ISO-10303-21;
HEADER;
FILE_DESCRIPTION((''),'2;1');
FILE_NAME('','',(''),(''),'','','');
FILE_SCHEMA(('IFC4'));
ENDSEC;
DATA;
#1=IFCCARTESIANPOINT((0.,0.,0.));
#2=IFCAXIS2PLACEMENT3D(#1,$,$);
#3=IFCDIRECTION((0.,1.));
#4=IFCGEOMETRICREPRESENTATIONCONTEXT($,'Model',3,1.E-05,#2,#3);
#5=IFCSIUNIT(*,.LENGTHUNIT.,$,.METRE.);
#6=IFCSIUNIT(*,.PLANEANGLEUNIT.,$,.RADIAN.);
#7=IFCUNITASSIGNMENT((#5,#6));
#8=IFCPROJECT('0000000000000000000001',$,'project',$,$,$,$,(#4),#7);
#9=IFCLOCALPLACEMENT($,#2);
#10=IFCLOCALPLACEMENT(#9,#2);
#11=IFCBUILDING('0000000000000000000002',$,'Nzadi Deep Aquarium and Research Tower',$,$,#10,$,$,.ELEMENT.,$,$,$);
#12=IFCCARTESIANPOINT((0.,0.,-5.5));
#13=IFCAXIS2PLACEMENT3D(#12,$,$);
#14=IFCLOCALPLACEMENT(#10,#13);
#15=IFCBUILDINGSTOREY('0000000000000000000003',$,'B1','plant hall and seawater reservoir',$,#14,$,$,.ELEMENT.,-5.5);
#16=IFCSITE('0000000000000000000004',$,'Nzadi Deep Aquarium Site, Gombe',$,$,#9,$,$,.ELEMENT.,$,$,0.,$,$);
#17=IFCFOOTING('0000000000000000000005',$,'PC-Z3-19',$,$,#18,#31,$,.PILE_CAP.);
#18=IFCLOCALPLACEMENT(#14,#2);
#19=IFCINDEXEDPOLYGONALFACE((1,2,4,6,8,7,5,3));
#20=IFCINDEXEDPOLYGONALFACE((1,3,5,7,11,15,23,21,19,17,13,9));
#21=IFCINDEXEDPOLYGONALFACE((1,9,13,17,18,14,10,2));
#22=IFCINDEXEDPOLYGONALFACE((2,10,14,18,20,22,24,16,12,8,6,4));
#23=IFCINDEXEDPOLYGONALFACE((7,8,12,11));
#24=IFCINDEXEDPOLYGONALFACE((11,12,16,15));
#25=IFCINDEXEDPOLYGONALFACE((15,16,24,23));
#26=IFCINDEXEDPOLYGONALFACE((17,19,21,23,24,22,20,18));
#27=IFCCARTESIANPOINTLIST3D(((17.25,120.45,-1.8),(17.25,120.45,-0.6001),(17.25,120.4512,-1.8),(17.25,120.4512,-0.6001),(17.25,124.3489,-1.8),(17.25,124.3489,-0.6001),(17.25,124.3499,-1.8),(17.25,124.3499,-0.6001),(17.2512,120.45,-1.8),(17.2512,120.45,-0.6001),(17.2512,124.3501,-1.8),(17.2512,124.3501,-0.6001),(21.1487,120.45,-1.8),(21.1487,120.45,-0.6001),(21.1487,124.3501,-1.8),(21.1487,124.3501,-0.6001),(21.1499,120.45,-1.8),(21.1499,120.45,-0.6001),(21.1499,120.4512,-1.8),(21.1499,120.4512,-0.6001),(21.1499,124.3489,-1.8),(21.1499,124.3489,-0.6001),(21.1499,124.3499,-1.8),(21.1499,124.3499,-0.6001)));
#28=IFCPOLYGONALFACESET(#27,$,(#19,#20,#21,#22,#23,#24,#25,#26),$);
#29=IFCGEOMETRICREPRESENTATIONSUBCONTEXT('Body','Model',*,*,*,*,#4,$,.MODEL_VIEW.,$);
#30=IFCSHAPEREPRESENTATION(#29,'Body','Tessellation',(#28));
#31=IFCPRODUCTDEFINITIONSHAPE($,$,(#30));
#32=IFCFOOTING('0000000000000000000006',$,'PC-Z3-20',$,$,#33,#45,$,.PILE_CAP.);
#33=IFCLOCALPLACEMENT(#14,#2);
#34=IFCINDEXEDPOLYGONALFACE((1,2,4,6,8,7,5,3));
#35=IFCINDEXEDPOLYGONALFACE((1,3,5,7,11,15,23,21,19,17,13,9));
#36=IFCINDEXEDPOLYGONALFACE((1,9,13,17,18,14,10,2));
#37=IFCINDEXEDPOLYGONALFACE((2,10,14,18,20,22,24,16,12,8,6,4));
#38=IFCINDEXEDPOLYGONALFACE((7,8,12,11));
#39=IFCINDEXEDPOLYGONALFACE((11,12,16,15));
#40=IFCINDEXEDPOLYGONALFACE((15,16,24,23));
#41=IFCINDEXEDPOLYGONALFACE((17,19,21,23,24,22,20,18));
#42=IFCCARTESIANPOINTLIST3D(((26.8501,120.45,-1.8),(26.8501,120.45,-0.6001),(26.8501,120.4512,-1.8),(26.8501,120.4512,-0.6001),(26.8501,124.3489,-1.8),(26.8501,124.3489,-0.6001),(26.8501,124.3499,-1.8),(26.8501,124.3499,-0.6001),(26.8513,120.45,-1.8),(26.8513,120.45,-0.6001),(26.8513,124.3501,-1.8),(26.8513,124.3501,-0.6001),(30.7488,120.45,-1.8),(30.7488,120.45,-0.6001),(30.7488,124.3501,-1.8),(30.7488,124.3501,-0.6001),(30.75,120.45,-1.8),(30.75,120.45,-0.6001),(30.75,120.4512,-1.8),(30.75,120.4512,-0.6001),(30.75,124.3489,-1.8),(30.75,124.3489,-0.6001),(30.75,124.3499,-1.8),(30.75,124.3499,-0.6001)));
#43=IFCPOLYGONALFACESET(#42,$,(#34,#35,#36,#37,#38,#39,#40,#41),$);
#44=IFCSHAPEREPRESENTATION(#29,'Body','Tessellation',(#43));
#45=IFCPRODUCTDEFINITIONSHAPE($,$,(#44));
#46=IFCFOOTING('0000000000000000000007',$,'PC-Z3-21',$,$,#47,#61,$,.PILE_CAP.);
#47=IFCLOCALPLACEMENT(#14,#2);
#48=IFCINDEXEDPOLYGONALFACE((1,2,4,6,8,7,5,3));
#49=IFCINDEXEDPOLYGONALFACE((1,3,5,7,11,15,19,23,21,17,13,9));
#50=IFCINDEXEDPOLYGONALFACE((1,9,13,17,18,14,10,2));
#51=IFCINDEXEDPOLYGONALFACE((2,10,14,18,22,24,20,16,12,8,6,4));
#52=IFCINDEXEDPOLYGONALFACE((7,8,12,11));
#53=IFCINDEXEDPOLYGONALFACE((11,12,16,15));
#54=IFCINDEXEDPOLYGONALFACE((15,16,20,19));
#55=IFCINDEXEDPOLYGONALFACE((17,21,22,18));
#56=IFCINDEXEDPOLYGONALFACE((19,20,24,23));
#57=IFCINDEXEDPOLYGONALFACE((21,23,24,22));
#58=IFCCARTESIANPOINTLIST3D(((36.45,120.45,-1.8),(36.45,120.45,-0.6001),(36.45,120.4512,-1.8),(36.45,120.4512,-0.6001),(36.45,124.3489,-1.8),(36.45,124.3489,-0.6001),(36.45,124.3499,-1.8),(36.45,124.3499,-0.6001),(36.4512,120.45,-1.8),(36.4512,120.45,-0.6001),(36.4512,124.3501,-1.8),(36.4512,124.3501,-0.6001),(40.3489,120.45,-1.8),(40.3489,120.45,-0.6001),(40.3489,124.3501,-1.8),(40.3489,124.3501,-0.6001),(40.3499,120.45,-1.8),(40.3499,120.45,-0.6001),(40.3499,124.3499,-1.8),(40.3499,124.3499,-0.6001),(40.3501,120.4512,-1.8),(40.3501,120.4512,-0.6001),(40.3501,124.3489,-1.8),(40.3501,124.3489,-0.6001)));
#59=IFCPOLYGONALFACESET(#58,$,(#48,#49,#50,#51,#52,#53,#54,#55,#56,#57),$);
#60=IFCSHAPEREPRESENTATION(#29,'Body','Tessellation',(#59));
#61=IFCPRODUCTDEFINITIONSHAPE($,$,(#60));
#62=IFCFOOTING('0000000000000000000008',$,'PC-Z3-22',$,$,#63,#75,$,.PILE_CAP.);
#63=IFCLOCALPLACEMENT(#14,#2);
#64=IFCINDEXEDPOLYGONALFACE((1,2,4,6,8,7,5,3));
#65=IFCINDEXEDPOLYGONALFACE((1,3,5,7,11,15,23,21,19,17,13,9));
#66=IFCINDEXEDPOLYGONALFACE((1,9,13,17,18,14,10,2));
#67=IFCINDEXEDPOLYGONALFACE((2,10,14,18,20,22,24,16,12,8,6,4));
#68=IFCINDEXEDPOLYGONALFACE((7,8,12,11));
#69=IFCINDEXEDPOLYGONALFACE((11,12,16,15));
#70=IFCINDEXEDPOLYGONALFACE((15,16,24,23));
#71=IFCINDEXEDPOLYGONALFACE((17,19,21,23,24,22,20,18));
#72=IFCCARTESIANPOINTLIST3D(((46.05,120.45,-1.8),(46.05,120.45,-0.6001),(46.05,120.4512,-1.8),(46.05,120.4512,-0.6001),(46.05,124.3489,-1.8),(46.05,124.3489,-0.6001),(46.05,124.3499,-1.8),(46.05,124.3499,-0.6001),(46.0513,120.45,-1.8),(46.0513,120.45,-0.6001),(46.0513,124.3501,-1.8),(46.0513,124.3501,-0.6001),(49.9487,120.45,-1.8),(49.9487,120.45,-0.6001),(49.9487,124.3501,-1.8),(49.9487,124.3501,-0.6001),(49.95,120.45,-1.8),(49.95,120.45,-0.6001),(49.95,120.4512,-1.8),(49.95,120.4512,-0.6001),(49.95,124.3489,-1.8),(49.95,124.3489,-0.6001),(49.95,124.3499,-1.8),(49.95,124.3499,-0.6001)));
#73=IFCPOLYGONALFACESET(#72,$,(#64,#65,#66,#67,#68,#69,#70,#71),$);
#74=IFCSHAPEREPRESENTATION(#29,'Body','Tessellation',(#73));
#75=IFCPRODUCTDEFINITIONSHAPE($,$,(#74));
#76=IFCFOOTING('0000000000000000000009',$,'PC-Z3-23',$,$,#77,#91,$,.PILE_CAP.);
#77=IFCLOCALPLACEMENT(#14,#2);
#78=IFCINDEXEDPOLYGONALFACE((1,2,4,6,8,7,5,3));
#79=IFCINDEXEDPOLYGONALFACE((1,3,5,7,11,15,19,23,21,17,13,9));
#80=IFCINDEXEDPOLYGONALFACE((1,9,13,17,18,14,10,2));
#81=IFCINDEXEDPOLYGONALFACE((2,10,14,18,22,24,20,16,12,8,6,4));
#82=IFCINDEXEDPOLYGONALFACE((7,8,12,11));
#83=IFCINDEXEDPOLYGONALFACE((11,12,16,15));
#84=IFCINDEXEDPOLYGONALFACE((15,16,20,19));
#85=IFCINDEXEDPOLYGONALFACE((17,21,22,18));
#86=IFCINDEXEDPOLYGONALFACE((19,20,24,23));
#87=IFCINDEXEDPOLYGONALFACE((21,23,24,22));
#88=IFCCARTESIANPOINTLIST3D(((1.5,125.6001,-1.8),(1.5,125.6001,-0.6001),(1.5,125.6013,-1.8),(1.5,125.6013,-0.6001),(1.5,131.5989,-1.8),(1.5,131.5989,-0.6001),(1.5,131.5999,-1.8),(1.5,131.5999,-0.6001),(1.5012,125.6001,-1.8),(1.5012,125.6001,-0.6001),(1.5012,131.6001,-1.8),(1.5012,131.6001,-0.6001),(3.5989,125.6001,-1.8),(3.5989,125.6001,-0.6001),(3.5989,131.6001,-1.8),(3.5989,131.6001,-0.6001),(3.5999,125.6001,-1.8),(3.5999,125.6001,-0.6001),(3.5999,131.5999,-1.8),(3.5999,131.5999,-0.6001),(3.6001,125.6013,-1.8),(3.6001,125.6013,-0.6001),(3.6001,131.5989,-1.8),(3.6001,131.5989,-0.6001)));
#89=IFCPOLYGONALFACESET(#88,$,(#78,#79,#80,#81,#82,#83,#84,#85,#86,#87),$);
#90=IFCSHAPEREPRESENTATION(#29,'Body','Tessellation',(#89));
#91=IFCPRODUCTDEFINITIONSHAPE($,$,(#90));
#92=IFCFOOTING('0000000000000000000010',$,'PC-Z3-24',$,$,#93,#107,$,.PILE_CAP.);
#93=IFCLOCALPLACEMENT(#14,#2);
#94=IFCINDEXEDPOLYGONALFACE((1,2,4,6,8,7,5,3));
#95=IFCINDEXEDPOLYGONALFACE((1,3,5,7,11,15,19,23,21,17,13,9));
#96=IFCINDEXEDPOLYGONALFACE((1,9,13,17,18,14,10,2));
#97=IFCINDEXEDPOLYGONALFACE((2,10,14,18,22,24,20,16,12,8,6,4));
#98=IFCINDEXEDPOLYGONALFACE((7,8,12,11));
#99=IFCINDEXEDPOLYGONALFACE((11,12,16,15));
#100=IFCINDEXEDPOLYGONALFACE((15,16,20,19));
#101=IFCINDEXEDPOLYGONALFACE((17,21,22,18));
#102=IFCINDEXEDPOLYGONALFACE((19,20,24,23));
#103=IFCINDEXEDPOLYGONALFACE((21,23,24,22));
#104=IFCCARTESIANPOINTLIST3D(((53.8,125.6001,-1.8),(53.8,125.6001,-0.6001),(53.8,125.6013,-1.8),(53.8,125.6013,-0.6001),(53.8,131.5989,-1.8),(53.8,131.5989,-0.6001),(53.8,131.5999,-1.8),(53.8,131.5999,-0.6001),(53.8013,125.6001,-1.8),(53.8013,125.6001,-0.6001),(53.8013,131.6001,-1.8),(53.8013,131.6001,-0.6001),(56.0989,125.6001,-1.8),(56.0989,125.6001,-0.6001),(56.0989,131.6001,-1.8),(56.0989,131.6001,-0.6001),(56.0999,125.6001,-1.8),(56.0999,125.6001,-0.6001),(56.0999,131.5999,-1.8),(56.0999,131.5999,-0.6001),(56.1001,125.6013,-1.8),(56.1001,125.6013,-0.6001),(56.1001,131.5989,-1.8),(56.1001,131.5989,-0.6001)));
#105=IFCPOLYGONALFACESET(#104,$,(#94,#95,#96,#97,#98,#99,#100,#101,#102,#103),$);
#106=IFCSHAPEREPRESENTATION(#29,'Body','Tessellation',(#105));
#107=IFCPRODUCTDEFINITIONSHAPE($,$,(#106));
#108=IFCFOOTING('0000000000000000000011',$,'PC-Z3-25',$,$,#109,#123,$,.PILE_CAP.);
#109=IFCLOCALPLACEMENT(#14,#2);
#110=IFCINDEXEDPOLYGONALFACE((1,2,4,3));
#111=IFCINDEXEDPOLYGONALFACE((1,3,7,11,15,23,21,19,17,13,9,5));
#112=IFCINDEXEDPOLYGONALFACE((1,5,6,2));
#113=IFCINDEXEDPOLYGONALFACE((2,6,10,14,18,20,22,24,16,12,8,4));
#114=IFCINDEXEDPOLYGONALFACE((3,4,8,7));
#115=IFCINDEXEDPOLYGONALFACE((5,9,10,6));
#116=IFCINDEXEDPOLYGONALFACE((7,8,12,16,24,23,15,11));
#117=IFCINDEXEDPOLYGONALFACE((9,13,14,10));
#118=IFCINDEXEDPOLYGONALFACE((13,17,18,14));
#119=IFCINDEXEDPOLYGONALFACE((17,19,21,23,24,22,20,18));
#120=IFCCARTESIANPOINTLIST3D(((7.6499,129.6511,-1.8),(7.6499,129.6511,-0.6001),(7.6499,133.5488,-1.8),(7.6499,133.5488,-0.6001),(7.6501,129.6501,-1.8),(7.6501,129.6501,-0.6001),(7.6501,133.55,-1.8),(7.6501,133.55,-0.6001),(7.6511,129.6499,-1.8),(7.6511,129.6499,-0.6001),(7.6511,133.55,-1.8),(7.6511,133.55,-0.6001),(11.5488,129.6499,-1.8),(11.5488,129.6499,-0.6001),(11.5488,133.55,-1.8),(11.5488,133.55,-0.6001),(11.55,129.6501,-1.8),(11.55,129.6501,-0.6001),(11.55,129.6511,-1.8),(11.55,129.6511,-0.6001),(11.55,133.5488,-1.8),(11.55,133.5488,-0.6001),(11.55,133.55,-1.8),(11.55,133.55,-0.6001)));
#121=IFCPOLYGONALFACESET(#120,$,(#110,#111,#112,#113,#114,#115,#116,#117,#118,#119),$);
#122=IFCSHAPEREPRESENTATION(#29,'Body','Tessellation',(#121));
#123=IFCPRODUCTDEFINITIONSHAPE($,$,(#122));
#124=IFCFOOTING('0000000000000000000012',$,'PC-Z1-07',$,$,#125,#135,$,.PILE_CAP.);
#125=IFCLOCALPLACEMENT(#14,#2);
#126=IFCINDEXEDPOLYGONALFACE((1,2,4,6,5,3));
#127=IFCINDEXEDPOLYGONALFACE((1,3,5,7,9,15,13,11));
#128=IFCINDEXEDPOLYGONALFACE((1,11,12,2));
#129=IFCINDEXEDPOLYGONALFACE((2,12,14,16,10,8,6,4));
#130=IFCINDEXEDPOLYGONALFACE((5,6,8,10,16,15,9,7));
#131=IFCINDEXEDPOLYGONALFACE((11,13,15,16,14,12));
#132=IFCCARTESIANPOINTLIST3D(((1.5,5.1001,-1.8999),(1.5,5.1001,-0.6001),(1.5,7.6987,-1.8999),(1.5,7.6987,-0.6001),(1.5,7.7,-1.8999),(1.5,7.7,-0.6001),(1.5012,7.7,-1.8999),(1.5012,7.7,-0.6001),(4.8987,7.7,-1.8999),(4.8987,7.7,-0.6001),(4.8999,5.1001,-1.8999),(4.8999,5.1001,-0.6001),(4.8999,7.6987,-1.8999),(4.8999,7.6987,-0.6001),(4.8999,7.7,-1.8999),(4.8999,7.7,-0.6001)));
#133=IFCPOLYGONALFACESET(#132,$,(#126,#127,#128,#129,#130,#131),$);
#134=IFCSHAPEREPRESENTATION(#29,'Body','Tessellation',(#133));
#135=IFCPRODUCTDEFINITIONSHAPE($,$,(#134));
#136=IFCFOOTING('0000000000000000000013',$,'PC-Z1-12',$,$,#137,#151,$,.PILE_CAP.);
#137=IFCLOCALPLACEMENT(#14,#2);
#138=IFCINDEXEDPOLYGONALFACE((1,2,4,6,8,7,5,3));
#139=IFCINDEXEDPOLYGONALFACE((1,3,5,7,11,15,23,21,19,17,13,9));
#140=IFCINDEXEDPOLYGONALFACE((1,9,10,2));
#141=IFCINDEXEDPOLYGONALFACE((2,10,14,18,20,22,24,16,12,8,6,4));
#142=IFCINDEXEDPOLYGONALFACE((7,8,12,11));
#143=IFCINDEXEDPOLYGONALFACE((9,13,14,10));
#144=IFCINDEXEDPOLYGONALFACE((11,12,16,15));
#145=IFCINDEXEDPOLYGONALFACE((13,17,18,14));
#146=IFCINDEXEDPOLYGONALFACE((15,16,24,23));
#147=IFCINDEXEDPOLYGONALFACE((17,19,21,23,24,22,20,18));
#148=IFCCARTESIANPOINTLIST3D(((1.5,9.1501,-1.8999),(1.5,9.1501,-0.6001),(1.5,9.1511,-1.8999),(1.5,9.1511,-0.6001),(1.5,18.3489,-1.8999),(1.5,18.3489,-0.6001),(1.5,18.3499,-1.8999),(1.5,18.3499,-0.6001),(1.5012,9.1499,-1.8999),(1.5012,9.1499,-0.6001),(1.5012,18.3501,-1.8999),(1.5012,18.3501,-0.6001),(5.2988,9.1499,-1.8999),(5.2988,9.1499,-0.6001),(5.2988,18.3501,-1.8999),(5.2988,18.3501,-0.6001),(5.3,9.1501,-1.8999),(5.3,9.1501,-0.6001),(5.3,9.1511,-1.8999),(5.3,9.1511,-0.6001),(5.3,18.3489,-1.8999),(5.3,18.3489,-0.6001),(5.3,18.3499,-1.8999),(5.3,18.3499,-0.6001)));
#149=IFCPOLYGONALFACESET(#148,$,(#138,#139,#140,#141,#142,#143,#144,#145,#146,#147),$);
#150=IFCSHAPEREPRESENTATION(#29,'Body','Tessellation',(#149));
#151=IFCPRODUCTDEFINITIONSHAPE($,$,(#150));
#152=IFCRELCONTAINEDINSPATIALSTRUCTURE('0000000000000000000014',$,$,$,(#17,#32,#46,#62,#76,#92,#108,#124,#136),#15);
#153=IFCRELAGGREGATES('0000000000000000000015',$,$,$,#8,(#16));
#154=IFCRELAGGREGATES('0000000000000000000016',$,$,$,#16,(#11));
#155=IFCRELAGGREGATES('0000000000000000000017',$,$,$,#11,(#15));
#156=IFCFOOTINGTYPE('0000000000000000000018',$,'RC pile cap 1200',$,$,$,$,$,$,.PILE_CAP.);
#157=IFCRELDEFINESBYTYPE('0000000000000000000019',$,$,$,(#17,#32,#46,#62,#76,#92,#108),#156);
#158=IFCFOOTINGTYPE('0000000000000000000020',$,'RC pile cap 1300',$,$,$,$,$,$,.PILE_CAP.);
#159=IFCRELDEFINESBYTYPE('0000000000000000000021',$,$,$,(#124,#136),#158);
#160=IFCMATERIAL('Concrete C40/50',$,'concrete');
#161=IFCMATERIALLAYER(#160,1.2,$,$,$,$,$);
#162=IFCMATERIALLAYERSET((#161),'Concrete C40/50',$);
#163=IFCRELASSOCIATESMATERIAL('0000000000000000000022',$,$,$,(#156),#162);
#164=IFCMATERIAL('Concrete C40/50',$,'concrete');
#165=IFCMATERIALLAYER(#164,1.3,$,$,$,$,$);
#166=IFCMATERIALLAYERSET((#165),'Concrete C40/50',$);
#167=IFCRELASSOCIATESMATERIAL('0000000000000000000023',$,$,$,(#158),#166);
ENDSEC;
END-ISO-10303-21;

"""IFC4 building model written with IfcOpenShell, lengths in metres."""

from ifc_helpers import new_model, si_unit, direction, frame, origin, place, context, subcontext, project, spatial, polyline, outline, extrude, material, layer, layer_set, type_object, element, save


model = new_model("IFC4")

# Units and contexts
model_context = context("Model", 3, precision=1e-05, world=origin(), true_north=direction((0.0, 1.0)))
body_context = subcontext(model_context, "Body", "Model", "MODEL_VIEW")
ifc_project = project(units=[si_unit("LENGTHUNIT", "METRE"), si_unit("PLANEANGLEUNIT", "RADIAN")], contexts=[model_context])

# Site, building, storey
site_placement = place(None, origin())
site = spatial("IfcSite", under=ifc_project, at=site_placement, Name="Nzadi Deep Aquarium Site, Gombe", CompositionType="ELEMENT", RefElevation=0.0)
building_placement = place(site_placement, origin())
building = spatial("IfcBuilding", under=site, at=building_placement, Name="Nzadi Deep Aquarium and Research Tower", CompositionType="ELEMENT")
storey_placement = place(building_placement, frame((0.0, 0.0, -5.5)))
storey = spatial("IfcBuildingStorey", under=building, at=storey_placement, Name="B1", Description="plant hall and seawater reservoir", CompositionType="ELEMENT", Elevation=-5.5)

# Footings
ifc_material_1 = material(Name="Concrete C40/50", Category="concrete")
ifc_layer_1 = layer(ifc_material_1, 1.2)
ifc_layer_set_1 = layer_set([ifc_layer_1], Name="Concrete C40/50")
footing_type_1 = type_object("IfcFootingType", Name="RC pile cap 1200", PredefinedType="PILE_CAP", material=ifc_layer_set_1)
footing_1_placement = place(storey_placement, frame((0.0, 0.0, -1.8)))
element("IfcFooting", 1, at=footing_1_placement, inside=storey, type_object=footing_type_1, Name="PC-Z3-19", PredefinedType="PILE_CAP", context=body_context, shape_type="SweptSolid", body=[
    extrude(outline(polyline([(17.25, 124.3489), (17.25, 120.4512), (17.25, 120.45), (17.2512, 120.45), (21.1487, 120.45), (21.1499, 120.45), (21.1499, 120.4512), (21.1499, 124.3489), (21.1499, 124.3499), (21.1487, 124.3501), (17.2512, 124.3501), (17.25, 124.3499), (17.25, 124.3489)])), origin(), (0.0, 0.0, 1.0), 1.2),
])
footing_2_placement = place(storey_placement, frame((0.0, 0.0, -1.8)))
element("IfcFooting", 2, at=footing_2_placement, inside=storey, type_object=footing_type_1, Name="PC-Z3-20", PredefinedType="PILE_CAP", context=body_context, shape_type="SweptSolid", body=[
    extrude(outline(polyline([(26.8501, 124.3489), (26.8501, 120.4512), (26.8501, 120.45), (26.8513, 120.45), (30.7488, 120.45), (30.75, 120.45), (30.75, 120.4512), (30.75, 124.3489), (30.75, 124.3499), (30.7488, 124.3501), (26.8513, 124.3501), (26.8501, 124.3499), (26.8501, 124.3489)])), origin(), (0.0, 0.0, 1.0), 1.2),
])
footing_3_placement = place(storey_placement, frame((0.0, 0.0, -1.8)))
element("IfcFooting", 3, at=footing_3_placement, inside=storey, type_object=footing_type_1, Name="PC-Z3-21", PredefinedType="PILE_CAP", context=body_context, shape_type="SweptSolid", body=[
    extrude(outline(polyline([(36.45, 124.3489), (36.45, 120.4512), (36.45, 120.45), (36.4512, 120.45), (40.3489, 120.45), (40.3499, 120.45), (40.3501, 120.4512), (40.3501, 124.3489), (40.3499, 124.3499), (40.3489, 124.3501), (36.4512, 124.3501), (36.45, 124.3499), (36.45, 124.3489)])), origin(), (0.0, 0.0, 1.0), 1.2),
])
footing_4_placement = place(storey_placement, frame((0.0, 0.0, -1.8)))
element("IfcFooting", 4, at=footing_4_placement, inside=storey, type_object=footing_type_1, Name="PC-Z3-22", PredefinedType="PILE_CAP", context=body_context, shape_type="SweptSolid", body=[
    extrude(outline(polyline([(46.05, 124.3489), (46.05, 120.4512), (46.05, 120.45), (46.0513, 120.45), (49.9487, 120.45), (49.95, 120.45), (49.95, 120.4512), (49.95, 124.3489), (49.95, 124.3499), (49.9487, 124.3501), (46.0513, 124.3501), (46.05, 124.3499), (46.05, 124.3489)])), origin(), (0.0, 0.0, 1.0), 1.2),
])
footing_5_placement = place(storey_placement, frame((0.0, 0.0, -1.8)))
element("IfcFooting", 5, at=footing_5_placement, inside=storey, type_object=footing_type_1, Name="PC-Z3-23", PredefinedType="PILE_CAP", context=body_context, shape_type="SweptSolid", body=[
    extrude(outline(polyline([(3.5989, 131.6001), (1.5012, 131.6001), (1.5, 131.5999), (1.5, 131.5989), (1.5, 125.6013), (1.5, 125.6001), (1.5012, 125.6001), (3.5989, 125.6001), (3.5999, 125.6001), (3.6001, 125.6013), (3.6001, 131.5989), (3.5999, 131.5999), (3.5989, 131.6001)])), origin(), (0.0, 0.0, 1.0), 1.2),
])
footing_6_placement = place(storey_placement, frame((0.0, 0.0, -1.8)))
element("IfcFooting", 6, at=footing_6_placement, inside=storey, type_object=footing_type_1, Name="PC-Z3-24", PredefinedType="PILE_CAP", context=body_context, shape_type="SweptSolid", body=[
    extrude(outline(polyline([(53.8, 131.5989), (53.8, 125.6013), (53.8, 125.6001), (53.8013, 125.6001), (56.0989, 125.6001), (56.0999, 125.6001), (56.1001, 125.6013), (56.1001, 131.5989), (56.0999, 131.5999), (56.0989, 131.6001), (53.8013, 131.6001), (53.8, 131.5999), (53.8, 131.5989)])), origin(), (0.0, 0.0, 1.0), 1.2),
])
footing_7_placement = place(storey_placement, frame((0.0, 0.0, -1.8)))
element("IfcFooting", 7, at=footing_7_placement, inside=storey, type_object=footing_type_1, Name="PC-Z3-25", PredefinedType="PILE_CAP", context=body_context, shape_type="SweptSolid", body=[
    extrude(outline(polyline([(7.6499, 133.5488), (7.6499, 129.6511), (7.6501, 129.6501), (7.6511, 129.6499), (11.5488, 129.6499), (11.55, 129.6501), (11.55, 129.6511), (11.55, 133.5488), (11.55, 133.55), (11.5488, 133.55), (7.6511, 133.55), (7.6501, 133.55), (7.6499, 133.5488)])), origin(), (0.0, 0.0, 1.0), 1.2),
])
ifc_material_2 = material(Name="Concrete C40/50", Category="concrete")
ifc_layer_2 = layer(ifc_material_2, 1.3)
ifc_layer_set_2 = layer_set([ifc_layer_2], Name="Concrete C40/50")
footing_type_2 = type_object("IfcFootingType", Name="RC pile cap 1300", PredefinedType="PILE_CAP", material=ifc_layer_set_2)
footing_8_placement = place(storey_placement, frame((0.0, 0.0, -1.8999)))
element("IfcFooting", 8, at=footing_8_placement, inside=storey, type_object=footing_type_2, Name="PC-Z1-07", PredefinedType="PILE_CAP", context=body_context, shape_type="SweptSolid", body=[
    extrude(outline(polyline([(1.5, 7.7), (1.5, 7.6987), (1.5, 5.1001), (4.8999, 5.1001), (4.8999, 7.6987), (4.8999, 7.7), (4.8987, 7.7), (1.5012, 7.7), (1.5, 7.7)])), origin(), (0.0, 0.0, 1.0), 1.2998),
])
footing_9_placement = place(storey_placement, frame((0.0, 0.0, -1.8999)))
element("IfcFooting", 9, at=footing_9_placement, inside=storey, type_object=footing_type_2, Name="PC-Z1-12", PredefinedType="PILE_CAP", context=body_context, shape_type="SweptSolid", body=[
    extrude(outline(polyline([(5.2988, 18.3501), (1.5012, 18.3501), (1.5, 18.3499), (1.5, 18.3489), (1.5, 9.1511), (1.5, 9.1501), (1.5012, 9.1499), (5.2988, 9.1499), (5.3, 9.1501), (5.3, 9.1511), (5.3, 18.3489), (5.3, 18.3499), (5.2988, 18.3501)])), origin(), (0.0, 0.0, 1.0), 1.2998),
])

save(model, "model.ifc")
